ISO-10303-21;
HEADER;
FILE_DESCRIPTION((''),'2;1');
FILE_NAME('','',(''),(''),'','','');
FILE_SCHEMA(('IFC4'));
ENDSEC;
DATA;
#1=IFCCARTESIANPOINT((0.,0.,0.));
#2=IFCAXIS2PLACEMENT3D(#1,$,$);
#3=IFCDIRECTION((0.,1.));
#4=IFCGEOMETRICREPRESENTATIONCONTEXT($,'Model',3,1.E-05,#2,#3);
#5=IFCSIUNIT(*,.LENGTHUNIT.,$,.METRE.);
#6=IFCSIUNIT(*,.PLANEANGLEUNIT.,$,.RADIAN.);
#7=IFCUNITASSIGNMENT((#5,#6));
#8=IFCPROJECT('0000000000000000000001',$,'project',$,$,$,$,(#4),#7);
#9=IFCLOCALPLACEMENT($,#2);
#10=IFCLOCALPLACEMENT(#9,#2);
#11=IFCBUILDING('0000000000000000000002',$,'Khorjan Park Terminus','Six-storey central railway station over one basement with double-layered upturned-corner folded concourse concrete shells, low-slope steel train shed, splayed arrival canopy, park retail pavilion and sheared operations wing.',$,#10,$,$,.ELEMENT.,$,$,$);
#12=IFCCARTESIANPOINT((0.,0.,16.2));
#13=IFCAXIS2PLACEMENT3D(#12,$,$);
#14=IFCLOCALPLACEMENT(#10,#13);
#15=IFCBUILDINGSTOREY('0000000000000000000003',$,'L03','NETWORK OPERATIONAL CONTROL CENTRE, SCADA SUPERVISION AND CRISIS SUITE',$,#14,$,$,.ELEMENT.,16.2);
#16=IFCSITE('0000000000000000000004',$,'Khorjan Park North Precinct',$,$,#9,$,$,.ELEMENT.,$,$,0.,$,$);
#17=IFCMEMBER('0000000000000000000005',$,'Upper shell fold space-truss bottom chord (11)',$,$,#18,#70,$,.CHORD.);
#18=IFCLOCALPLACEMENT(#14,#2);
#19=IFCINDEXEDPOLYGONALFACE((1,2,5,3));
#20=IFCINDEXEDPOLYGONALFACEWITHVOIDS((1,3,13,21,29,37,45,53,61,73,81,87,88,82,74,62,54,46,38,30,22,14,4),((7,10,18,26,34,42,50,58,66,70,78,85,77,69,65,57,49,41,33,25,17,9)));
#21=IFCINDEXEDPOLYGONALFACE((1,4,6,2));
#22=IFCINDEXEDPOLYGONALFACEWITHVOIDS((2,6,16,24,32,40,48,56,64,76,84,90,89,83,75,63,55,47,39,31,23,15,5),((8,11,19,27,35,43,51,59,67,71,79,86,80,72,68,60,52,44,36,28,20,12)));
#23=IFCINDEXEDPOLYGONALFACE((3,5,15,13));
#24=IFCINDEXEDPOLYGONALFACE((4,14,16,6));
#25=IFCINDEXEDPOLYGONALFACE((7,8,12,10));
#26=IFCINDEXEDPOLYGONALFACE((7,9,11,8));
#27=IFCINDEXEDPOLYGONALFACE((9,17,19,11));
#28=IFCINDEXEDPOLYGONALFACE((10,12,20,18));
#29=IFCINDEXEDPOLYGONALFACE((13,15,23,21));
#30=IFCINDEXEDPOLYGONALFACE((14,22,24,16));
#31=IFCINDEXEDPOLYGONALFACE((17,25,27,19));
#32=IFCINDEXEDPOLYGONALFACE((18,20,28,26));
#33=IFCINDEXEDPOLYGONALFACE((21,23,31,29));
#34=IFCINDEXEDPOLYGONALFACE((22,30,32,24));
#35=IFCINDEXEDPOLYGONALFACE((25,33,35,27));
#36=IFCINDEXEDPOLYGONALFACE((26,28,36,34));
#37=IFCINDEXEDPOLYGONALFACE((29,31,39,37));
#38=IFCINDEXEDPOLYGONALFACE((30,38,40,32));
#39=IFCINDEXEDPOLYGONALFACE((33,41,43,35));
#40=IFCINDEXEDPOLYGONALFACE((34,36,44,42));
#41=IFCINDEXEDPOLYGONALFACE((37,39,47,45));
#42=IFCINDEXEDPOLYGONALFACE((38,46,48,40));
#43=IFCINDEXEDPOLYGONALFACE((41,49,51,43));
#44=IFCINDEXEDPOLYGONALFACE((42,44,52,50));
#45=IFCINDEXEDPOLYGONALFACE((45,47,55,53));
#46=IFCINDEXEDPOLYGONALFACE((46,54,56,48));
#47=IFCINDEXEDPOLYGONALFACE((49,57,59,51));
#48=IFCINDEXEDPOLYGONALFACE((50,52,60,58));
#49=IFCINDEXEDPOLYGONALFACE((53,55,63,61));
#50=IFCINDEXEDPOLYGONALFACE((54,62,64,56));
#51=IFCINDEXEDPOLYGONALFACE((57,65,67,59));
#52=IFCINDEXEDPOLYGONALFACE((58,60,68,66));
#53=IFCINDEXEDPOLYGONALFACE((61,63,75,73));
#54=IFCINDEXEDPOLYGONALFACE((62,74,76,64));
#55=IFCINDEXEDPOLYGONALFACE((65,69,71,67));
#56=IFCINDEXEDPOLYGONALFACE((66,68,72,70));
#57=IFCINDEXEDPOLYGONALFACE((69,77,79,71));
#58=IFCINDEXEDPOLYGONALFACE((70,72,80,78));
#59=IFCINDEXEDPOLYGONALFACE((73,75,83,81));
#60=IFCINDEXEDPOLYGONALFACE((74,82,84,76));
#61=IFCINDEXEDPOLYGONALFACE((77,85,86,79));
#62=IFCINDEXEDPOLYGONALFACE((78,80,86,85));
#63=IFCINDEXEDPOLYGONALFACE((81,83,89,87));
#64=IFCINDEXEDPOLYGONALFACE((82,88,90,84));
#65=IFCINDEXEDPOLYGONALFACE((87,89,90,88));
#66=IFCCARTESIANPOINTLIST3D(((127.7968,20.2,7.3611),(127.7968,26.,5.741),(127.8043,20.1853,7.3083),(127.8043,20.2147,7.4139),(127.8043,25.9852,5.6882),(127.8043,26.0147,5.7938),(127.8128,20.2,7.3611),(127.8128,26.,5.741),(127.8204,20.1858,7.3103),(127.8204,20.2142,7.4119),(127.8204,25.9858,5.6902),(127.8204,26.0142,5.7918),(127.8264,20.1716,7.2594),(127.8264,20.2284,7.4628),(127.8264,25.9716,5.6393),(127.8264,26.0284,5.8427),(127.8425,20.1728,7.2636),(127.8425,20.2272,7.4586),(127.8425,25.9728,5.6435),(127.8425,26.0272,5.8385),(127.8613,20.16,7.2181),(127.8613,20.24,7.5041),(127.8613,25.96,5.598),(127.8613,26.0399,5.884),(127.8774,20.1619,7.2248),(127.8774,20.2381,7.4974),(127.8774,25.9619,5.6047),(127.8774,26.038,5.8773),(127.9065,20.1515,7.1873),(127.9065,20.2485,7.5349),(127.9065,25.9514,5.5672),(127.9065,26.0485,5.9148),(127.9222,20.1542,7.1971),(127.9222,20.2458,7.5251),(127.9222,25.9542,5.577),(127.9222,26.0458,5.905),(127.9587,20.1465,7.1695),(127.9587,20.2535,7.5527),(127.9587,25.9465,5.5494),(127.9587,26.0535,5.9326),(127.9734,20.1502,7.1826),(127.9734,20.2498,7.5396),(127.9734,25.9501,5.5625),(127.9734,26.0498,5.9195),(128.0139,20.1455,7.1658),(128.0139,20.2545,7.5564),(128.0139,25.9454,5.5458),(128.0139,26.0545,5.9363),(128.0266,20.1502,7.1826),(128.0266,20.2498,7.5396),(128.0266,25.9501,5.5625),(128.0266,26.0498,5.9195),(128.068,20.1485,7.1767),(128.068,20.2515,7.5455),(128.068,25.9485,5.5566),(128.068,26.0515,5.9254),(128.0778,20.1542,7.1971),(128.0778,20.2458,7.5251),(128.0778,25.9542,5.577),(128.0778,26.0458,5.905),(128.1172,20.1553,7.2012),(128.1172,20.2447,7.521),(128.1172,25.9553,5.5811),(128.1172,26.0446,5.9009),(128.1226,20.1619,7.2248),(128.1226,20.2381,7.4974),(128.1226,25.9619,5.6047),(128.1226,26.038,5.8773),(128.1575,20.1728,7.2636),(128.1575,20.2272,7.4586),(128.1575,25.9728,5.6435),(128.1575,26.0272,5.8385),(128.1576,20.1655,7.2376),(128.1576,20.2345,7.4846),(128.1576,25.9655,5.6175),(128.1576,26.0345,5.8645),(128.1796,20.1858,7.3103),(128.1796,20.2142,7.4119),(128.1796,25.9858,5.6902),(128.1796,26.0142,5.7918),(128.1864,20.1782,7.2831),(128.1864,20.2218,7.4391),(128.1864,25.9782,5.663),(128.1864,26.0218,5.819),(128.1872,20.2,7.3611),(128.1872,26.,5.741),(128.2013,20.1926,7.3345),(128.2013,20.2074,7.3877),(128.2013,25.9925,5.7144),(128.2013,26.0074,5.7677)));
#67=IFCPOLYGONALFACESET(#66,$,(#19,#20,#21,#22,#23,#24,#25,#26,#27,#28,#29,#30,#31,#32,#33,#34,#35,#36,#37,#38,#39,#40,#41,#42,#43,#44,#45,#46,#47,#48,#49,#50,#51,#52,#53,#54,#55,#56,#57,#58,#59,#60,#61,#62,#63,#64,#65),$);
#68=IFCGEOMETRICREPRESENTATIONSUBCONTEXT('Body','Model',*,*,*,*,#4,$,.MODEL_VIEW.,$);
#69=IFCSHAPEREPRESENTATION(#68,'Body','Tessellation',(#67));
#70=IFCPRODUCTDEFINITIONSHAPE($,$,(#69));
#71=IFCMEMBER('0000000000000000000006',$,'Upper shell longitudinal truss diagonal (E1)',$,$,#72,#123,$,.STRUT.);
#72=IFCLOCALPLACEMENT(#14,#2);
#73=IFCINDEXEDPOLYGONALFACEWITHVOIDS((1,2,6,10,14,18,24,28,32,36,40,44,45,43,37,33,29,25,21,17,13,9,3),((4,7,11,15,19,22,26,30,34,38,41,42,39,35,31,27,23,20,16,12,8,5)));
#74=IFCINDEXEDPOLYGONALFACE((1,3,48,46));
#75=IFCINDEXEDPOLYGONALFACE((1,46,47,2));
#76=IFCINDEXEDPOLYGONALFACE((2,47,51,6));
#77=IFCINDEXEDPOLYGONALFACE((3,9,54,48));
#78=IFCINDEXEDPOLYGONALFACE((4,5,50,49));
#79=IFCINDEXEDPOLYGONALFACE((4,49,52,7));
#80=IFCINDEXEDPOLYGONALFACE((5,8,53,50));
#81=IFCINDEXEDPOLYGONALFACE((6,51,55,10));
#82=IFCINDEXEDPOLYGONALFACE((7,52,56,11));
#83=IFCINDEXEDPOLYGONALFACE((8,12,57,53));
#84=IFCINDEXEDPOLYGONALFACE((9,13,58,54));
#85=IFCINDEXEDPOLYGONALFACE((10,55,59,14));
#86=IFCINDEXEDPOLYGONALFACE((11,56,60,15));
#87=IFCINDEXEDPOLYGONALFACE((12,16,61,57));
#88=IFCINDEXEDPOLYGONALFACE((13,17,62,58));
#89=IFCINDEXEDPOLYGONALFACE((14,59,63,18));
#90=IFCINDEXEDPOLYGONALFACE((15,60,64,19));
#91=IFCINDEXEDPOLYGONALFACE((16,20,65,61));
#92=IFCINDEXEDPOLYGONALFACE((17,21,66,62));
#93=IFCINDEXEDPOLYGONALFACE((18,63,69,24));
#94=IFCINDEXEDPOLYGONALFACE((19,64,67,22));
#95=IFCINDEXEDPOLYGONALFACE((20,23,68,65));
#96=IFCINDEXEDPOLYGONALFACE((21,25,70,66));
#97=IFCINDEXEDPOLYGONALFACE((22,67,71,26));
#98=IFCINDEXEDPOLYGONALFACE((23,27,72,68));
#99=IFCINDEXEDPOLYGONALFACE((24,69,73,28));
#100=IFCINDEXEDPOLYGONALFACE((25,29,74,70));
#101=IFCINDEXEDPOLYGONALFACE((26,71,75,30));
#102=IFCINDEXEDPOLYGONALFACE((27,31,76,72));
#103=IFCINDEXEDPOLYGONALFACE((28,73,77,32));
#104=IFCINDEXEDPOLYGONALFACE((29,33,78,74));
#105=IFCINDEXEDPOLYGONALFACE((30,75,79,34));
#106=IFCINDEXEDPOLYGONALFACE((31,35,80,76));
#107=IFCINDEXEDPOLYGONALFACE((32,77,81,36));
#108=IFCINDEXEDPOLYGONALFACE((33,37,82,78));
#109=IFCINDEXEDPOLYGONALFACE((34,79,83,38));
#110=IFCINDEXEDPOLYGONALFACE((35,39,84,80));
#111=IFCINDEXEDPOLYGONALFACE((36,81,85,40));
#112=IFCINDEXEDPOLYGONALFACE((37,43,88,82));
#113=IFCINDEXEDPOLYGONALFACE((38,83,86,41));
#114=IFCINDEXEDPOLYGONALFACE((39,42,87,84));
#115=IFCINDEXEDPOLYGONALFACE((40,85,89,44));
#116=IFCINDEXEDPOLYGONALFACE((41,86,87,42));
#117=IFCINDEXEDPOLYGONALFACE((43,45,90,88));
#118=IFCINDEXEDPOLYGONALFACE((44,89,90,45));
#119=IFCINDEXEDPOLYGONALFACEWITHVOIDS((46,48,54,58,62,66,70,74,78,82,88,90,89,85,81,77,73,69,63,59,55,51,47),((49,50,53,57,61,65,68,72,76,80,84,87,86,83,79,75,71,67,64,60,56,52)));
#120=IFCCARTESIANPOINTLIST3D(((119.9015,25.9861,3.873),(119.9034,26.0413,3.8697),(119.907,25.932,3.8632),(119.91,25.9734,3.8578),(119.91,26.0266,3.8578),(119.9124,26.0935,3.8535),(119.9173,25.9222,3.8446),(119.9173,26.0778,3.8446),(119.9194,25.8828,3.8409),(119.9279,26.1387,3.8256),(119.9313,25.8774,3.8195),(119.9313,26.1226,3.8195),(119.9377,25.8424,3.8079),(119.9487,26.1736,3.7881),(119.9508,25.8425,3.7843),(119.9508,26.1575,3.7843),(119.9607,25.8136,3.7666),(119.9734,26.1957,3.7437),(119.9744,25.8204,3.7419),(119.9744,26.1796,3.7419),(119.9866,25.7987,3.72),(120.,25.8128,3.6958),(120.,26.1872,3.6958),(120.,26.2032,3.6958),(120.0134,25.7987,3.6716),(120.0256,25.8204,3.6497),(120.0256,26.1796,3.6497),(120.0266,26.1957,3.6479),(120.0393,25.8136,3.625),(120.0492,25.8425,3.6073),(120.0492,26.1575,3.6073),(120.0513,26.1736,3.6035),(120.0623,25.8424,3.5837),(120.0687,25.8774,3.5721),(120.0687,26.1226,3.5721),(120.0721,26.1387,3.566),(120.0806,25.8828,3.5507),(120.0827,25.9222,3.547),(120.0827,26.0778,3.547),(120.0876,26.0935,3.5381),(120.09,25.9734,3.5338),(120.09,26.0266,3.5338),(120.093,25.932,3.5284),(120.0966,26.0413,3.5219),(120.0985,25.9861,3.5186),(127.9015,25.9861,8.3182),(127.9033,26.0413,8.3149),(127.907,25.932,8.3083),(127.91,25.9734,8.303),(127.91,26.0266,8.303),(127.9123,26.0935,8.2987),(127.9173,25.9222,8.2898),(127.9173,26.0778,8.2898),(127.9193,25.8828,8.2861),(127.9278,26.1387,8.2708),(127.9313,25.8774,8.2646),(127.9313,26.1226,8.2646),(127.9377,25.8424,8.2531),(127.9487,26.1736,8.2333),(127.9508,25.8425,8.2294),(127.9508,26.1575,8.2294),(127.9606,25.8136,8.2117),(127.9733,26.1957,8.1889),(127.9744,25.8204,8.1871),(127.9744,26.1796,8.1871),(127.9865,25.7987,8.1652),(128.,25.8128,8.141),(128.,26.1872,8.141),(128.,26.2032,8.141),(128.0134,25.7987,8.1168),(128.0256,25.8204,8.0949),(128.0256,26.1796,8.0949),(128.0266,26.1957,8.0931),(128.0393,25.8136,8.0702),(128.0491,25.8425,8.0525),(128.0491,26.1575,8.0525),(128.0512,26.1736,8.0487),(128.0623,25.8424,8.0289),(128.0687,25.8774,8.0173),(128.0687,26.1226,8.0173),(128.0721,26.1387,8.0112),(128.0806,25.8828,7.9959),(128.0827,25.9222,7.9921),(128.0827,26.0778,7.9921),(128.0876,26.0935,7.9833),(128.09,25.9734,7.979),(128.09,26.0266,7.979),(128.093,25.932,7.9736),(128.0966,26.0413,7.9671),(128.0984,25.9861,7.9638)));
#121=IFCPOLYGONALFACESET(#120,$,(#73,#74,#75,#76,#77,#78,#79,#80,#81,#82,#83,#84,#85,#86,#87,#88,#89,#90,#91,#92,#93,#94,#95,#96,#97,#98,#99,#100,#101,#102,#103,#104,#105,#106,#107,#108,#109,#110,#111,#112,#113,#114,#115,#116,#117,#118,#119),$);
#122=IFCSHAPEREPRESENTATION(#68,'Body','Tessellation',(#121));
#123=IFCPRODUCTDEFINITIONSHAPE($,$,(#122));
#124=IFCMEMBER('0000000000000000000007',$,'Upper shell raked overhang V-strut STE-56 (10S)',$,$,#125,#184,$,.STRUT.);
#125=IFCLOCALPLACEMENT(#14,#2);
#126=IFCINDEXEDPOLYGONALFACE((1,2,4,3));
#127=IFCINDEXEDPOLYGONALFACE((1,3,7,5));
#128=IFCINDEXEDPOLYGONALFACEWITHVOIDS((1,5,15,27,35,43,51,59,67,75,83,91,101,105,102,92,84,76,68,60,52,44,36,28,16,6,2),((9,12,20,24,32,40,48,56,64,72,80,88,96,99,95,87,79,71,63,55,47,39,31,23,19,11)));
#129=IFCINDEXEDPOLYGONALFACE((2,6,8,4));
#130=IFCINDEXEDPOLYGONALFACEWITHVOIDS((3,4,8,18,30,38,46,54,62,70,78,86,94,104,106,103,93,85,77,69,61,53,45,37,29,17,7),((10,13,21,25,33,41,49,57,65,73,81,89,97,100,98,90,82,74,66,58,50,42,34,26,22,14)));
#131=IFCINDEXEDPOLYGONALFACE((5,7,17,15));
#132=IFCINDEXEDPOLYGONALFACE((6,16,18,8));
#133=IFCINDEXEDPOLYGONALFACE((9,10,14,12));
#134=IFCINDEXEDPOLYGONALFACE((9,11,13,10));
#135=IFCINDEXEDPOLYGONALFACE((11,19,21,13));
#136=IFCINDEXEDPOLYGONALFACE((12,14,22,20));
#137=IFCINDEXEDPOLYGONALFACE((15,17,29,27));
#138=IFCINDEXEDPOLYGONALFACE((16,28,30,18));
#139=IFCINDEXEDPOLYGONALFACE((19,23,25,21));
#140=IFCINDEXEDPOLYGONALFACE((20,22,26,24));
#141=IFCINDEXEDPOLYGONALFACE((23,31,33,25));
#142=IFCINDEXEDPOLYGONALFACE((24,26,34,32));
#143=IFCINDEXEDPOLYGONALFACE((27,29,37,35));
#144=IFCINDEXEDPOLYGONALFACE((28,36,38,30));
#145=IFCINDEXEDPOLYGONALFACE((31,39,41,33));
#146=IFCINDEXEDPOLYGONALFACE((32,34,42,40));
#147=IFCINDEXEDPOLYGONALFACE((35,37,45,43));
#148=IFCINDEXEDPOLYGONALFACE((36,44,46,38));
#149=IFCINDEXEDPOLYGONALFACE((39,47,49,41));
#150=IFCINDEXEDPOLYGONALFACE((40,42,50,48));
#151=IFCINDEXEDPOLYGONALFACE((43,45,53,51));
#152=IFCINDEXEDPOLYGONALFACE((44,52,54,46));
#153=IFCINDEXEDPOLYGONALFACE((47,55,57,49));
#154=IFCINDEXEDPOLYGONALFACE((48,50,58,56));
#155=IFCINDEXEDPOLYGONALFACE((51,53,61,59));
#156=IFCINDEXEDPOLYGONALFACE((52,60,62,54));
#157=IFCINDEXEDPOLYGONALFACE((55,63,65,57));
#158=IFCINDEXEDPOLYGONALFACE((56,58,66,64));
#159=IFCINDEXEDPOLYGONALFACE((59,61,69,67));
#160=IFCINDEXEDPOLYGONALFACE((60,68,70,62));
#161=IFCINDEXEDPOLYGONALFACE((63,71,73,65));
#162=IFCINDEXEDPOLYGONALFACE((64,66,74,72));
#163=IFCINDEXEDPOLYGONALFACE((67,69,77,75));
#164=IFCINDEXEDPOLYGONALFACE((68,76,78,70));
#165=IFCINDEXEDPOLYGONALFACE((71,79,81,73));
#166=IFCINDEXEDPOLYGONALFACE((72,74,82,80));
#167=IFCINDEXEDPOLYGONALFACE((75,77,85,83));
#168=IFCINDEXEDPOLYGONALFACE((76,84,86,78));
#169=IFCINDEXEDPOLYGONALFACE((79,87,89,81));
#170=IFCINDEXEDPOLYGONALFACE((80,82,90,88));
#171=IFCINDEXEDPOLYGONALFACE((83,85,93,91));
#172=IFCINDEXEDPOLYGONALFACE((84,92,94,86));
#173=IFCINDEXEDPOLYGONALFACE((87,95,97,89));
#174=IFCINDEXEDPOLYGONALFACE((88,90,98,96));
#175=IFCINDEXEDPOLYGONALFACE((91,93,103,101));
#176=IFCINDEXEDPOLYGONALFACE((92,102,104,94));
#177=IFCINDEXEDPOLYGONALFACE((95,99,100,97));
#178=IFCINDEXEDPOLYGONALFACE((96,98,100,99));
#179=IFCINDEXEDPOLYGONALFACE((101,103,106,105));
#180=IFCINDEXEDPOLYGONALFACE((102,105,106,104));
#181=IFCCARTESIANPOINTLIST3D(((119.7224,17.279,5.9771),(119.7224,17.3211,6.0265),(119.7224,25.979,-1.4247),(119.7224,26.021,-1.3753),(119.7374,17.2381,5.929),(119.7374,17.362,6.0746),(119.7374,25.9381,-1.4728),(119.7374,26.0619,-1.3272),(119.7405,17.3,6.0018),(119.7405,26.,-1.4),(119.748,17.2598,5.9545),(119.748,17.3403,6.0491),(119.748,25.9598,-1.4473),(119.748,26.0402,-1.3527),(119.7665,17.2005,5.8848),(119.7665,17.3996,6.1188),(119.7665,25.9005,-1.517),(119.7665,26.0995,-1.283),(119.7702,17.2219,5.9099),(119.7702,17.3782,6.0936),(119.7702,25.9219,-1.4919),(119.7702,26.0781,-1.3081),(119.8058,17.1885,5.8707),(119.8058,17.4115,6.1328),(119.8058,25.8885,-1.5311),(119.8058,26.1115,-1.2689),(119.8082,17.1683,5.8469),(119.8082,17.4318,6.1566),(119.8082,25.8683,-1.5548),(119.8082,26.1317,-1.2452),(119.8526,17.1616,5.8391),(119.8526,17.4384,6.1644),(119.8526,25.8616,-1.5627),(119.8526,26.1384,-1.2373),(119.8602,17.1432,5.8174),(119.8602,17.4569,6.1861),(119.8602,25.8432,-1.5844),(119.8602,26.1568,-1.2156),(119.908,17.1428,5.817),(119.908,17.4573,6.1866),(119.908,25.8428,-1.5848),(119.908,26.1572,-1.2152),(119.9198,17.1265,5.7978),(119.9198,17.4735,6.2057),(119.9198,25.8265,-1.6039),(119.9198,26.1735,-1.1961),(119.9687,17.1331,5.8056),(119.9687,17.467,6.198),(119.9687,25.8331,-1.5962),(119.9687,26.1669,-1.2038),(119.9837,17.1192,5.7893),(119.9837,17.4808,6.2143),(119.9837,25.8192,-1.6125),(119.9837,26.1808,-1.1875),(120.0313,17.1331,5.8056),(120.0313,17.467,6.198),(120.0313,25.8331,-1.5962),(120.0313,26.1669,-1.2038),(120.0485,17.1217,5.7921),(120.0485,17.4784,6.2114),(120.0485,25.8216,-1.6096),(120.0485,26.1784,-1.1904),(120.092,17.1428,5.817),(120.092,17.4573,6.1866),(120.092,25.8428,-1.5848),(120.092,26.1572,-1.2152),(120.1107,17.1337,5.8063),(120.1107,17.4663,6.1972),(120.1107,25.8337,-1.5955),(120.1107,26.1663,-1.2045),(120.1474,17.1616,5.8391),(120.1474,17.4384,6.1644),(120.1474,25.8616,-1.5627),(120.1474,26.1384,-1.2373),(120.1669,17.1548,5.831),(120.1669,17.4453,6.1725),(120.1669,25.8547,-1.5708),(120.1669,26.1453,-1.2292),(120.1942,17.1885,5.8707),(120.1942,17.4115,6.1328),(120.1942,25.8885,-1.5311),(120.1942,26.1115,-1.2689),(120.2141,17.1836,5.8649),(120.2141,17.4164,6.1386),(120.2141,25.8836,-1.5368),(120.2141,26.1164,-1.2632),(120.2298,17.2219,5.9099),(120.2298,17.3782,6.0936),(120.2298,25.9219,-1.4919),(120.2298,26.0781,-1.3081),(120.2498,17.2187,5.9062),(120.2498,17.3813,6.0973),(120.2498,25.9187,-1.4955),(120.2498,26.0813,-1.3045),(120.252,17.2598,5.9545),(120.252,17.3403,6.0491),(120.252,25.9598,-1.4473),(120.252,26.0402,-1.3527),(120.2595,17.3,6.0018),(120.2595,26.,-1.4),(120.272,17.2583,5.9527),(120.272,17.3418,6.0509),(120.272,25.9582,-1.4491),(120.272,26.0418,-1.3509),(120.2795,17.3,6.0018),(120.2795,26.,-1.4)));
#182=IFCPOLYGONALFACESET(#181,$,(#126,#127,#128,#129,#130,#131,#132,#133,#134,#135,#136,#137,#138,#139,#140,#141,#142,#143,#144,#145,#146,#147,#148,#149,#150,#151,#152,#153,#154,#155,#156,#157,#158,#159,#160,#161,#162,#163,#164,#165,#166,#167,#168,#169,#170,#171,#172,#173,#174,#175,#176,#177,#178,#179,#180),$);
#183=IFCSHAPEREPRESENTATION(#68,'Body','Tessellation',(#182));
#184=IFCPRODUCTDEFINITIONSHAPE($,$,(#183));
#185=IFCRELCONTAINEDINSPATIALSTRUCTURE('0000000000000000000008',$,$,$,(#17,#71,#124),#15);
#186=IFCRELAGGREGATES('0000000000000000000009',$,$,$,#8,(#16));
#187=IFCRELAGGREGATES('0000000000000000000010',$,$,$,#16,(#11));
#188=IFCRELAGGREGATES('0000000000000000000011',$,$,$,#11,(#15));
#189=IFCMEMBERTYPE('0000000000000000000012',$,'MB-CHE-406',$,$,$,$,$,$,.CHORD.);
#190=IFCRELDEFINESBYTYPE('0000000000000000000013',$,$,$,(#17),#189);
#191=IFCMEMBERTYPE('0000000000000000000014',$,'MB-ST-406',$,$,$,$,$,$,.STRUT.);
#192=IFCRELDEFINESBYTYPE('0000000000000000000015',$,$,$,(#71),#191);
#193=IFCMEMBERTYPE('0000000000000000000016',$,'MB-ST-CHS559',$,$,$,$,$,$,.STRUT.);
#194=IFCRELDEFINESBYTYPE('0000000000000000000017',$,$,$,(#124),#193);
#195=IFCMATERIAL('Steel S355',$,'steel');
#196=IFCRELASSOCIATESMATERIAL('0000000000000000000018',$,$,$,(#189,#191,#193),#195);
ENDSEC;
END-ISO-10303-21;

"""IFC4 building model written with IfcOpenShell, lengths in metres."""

from ifc_helpers import new_model, si_unit, direction, frame, origin, origin_2d, place, context, subcontext, project, spatial, hollow_circle, extrude, material, material_profile, profile_set, type_object, element, save


model = new_model("IFC4")

# Units and contexts
model_context = context("Model", 3, precision=1e-05, world=origin(), true_north=direction((0.0, 1.0)))
body_context = subcontext(model_context, "Body", "Model", "MODEL_VIEW")
ifc_project = project(units=[si_unit("LENGTHUNIT", "METRE"), si_unit("PLANEANGLEUNIT", "RADIAN")], contexts=[model_context])

# Site, building, storey
site_placement = place(None, origin())
site = spatial("IfcSite", under=ifc_project, at=site_placement, Name="Khorjan Park North Precinct", CompositionType="ELEMENT", RefElevation=0.0)
building_placement = place(site_placement, origin())
building = spatial("IfcBuilding", under=site, at=building_placement, Name="Khorjan Park Terminus", Description="Six-storey central railway station over one basement with double-layered upturned-corner folded concourse concrete shells, low-slope steel train shed, splayed arrival canopy, park retail pavilion and sheared operations wing.", CompositionType="ELEMENT")
storey_placement = place(building_placement, frame((0.0, 0.0, 16.2)))
storey = spatial("IfcBuildingStorey", under=building, at=storey_placement, Name="L03", Description="NETWORK OPERATIONAL CONTROL CENTRE, SCADA SUPERVISION AND CRISIS SUITE", CompositionType="ELEMENT", Elevation=16.2)

# Members
ifc_material_1 = material(Name="Steel S355", Category="steel")
ifc_material_profile_1 = material_profile(ifc_material_1, hollow_circle(Radius=0.2032, WallThickness=0.016, at=origin_2d()), Name="CHS 406.4x16")
ifc_profile_set_1 = profile_set([ifc_material_profile_1], Name="Steel S355")
member_type_1 = type_object("IfcMemberType", Name="MB-CHE-406", PredefinedType="CHORD", material=ifc_profile_set_1)
member_1_placement = place(storey_placement, frame((128.0, 20.2, 7.3611), z_axis=(0.0, 0.963132, -0.269029), x_axis=(-1.0, 0.0, 0.0)))
element("IfcMember", 1, at=member_1_placement, inside=storey, type_object=member_type_1, Name="Upper shell fold space-truss bottom chord (11)", PredefinedType="CHORD", context=body_context, shape_type="SweptSolid", body=[
    extrude(hollow_circle(Radius=0.2032, WallThickness=0.016, at=origin_2d()), origin(), (0.0, 0.0, 1.0), 6.022),
])
ifc_material_profile_2 = material_profile(ifc_material_1, hollow_circle(Radius=0.2032, WallThickness=0.016, at=origin_2d()), Name="CHS 406.4x16")
ifc_profile_set_2 = profile_set([ifc_material_profile_2], Name="Steel S355")
member_type_2 = type_object("IfcMemberType", Name="MB-ST-406", PredefinedType="STRUT", material=ifc_profile_set_2)
member_2_placement = place(storey_placement, frame((120.0, 26.0, 3.6958), z_axis=(0.874122, 0.0, 0.485706), x_axis=(0.0, 1.0, 0.0)))
element("IfcMember", 2, at=member_2_placement, inside=storey, type_object=member_type_2, Name="Upper shell longitudinal truss diagonal (E1)", PredefinedType="STRUT", context=body_context, shape_type="SweptSolid", body=[
    extrude(hollow_circle(Radius=0.2032, WallThickness=0.016, at=origin_2d()), origin(), (0.0, 0.0, 1.0), 9.152),
])
ifc_material_profile_3 = material_profile(ifc_material_1, hollow_circle(Radius=0.2795, WallThickness=0.02, at=origin_2d()), Name="CHS 559x20")
ifc_profile_set_3 = profile_set([ifc_material_profile_3], Name="Steel S355")
member_type_3 = type_object("IfcMemberType", Name="MB-ST-CHS559", PredefinedType="STRUT", material=ifc_profile_set_3)
member_3_placement = place(storey_placement, frame((120.0, 26.0, -1.4), z_axis=(0.0, -0.761645, 0.647994), x_axis=(1.0, 0.0, 0.0)))
element("IfcMember", 3, at=member_3_placement, inside=storey, type_object=member_type_3, Name="Upper shell raked overhang V-strut STE-56 (10S)", PredefinedType="STRUT", context=body_context, shape_type="SweptSolid", body=[
    extrude(hollow_circle(Radius=0.2795, WallThickness=0.02, at=origin_2d()), origin(), (0.0, 0.0, 1.0), 11.4226),
])

save(model, "model.ifc")
